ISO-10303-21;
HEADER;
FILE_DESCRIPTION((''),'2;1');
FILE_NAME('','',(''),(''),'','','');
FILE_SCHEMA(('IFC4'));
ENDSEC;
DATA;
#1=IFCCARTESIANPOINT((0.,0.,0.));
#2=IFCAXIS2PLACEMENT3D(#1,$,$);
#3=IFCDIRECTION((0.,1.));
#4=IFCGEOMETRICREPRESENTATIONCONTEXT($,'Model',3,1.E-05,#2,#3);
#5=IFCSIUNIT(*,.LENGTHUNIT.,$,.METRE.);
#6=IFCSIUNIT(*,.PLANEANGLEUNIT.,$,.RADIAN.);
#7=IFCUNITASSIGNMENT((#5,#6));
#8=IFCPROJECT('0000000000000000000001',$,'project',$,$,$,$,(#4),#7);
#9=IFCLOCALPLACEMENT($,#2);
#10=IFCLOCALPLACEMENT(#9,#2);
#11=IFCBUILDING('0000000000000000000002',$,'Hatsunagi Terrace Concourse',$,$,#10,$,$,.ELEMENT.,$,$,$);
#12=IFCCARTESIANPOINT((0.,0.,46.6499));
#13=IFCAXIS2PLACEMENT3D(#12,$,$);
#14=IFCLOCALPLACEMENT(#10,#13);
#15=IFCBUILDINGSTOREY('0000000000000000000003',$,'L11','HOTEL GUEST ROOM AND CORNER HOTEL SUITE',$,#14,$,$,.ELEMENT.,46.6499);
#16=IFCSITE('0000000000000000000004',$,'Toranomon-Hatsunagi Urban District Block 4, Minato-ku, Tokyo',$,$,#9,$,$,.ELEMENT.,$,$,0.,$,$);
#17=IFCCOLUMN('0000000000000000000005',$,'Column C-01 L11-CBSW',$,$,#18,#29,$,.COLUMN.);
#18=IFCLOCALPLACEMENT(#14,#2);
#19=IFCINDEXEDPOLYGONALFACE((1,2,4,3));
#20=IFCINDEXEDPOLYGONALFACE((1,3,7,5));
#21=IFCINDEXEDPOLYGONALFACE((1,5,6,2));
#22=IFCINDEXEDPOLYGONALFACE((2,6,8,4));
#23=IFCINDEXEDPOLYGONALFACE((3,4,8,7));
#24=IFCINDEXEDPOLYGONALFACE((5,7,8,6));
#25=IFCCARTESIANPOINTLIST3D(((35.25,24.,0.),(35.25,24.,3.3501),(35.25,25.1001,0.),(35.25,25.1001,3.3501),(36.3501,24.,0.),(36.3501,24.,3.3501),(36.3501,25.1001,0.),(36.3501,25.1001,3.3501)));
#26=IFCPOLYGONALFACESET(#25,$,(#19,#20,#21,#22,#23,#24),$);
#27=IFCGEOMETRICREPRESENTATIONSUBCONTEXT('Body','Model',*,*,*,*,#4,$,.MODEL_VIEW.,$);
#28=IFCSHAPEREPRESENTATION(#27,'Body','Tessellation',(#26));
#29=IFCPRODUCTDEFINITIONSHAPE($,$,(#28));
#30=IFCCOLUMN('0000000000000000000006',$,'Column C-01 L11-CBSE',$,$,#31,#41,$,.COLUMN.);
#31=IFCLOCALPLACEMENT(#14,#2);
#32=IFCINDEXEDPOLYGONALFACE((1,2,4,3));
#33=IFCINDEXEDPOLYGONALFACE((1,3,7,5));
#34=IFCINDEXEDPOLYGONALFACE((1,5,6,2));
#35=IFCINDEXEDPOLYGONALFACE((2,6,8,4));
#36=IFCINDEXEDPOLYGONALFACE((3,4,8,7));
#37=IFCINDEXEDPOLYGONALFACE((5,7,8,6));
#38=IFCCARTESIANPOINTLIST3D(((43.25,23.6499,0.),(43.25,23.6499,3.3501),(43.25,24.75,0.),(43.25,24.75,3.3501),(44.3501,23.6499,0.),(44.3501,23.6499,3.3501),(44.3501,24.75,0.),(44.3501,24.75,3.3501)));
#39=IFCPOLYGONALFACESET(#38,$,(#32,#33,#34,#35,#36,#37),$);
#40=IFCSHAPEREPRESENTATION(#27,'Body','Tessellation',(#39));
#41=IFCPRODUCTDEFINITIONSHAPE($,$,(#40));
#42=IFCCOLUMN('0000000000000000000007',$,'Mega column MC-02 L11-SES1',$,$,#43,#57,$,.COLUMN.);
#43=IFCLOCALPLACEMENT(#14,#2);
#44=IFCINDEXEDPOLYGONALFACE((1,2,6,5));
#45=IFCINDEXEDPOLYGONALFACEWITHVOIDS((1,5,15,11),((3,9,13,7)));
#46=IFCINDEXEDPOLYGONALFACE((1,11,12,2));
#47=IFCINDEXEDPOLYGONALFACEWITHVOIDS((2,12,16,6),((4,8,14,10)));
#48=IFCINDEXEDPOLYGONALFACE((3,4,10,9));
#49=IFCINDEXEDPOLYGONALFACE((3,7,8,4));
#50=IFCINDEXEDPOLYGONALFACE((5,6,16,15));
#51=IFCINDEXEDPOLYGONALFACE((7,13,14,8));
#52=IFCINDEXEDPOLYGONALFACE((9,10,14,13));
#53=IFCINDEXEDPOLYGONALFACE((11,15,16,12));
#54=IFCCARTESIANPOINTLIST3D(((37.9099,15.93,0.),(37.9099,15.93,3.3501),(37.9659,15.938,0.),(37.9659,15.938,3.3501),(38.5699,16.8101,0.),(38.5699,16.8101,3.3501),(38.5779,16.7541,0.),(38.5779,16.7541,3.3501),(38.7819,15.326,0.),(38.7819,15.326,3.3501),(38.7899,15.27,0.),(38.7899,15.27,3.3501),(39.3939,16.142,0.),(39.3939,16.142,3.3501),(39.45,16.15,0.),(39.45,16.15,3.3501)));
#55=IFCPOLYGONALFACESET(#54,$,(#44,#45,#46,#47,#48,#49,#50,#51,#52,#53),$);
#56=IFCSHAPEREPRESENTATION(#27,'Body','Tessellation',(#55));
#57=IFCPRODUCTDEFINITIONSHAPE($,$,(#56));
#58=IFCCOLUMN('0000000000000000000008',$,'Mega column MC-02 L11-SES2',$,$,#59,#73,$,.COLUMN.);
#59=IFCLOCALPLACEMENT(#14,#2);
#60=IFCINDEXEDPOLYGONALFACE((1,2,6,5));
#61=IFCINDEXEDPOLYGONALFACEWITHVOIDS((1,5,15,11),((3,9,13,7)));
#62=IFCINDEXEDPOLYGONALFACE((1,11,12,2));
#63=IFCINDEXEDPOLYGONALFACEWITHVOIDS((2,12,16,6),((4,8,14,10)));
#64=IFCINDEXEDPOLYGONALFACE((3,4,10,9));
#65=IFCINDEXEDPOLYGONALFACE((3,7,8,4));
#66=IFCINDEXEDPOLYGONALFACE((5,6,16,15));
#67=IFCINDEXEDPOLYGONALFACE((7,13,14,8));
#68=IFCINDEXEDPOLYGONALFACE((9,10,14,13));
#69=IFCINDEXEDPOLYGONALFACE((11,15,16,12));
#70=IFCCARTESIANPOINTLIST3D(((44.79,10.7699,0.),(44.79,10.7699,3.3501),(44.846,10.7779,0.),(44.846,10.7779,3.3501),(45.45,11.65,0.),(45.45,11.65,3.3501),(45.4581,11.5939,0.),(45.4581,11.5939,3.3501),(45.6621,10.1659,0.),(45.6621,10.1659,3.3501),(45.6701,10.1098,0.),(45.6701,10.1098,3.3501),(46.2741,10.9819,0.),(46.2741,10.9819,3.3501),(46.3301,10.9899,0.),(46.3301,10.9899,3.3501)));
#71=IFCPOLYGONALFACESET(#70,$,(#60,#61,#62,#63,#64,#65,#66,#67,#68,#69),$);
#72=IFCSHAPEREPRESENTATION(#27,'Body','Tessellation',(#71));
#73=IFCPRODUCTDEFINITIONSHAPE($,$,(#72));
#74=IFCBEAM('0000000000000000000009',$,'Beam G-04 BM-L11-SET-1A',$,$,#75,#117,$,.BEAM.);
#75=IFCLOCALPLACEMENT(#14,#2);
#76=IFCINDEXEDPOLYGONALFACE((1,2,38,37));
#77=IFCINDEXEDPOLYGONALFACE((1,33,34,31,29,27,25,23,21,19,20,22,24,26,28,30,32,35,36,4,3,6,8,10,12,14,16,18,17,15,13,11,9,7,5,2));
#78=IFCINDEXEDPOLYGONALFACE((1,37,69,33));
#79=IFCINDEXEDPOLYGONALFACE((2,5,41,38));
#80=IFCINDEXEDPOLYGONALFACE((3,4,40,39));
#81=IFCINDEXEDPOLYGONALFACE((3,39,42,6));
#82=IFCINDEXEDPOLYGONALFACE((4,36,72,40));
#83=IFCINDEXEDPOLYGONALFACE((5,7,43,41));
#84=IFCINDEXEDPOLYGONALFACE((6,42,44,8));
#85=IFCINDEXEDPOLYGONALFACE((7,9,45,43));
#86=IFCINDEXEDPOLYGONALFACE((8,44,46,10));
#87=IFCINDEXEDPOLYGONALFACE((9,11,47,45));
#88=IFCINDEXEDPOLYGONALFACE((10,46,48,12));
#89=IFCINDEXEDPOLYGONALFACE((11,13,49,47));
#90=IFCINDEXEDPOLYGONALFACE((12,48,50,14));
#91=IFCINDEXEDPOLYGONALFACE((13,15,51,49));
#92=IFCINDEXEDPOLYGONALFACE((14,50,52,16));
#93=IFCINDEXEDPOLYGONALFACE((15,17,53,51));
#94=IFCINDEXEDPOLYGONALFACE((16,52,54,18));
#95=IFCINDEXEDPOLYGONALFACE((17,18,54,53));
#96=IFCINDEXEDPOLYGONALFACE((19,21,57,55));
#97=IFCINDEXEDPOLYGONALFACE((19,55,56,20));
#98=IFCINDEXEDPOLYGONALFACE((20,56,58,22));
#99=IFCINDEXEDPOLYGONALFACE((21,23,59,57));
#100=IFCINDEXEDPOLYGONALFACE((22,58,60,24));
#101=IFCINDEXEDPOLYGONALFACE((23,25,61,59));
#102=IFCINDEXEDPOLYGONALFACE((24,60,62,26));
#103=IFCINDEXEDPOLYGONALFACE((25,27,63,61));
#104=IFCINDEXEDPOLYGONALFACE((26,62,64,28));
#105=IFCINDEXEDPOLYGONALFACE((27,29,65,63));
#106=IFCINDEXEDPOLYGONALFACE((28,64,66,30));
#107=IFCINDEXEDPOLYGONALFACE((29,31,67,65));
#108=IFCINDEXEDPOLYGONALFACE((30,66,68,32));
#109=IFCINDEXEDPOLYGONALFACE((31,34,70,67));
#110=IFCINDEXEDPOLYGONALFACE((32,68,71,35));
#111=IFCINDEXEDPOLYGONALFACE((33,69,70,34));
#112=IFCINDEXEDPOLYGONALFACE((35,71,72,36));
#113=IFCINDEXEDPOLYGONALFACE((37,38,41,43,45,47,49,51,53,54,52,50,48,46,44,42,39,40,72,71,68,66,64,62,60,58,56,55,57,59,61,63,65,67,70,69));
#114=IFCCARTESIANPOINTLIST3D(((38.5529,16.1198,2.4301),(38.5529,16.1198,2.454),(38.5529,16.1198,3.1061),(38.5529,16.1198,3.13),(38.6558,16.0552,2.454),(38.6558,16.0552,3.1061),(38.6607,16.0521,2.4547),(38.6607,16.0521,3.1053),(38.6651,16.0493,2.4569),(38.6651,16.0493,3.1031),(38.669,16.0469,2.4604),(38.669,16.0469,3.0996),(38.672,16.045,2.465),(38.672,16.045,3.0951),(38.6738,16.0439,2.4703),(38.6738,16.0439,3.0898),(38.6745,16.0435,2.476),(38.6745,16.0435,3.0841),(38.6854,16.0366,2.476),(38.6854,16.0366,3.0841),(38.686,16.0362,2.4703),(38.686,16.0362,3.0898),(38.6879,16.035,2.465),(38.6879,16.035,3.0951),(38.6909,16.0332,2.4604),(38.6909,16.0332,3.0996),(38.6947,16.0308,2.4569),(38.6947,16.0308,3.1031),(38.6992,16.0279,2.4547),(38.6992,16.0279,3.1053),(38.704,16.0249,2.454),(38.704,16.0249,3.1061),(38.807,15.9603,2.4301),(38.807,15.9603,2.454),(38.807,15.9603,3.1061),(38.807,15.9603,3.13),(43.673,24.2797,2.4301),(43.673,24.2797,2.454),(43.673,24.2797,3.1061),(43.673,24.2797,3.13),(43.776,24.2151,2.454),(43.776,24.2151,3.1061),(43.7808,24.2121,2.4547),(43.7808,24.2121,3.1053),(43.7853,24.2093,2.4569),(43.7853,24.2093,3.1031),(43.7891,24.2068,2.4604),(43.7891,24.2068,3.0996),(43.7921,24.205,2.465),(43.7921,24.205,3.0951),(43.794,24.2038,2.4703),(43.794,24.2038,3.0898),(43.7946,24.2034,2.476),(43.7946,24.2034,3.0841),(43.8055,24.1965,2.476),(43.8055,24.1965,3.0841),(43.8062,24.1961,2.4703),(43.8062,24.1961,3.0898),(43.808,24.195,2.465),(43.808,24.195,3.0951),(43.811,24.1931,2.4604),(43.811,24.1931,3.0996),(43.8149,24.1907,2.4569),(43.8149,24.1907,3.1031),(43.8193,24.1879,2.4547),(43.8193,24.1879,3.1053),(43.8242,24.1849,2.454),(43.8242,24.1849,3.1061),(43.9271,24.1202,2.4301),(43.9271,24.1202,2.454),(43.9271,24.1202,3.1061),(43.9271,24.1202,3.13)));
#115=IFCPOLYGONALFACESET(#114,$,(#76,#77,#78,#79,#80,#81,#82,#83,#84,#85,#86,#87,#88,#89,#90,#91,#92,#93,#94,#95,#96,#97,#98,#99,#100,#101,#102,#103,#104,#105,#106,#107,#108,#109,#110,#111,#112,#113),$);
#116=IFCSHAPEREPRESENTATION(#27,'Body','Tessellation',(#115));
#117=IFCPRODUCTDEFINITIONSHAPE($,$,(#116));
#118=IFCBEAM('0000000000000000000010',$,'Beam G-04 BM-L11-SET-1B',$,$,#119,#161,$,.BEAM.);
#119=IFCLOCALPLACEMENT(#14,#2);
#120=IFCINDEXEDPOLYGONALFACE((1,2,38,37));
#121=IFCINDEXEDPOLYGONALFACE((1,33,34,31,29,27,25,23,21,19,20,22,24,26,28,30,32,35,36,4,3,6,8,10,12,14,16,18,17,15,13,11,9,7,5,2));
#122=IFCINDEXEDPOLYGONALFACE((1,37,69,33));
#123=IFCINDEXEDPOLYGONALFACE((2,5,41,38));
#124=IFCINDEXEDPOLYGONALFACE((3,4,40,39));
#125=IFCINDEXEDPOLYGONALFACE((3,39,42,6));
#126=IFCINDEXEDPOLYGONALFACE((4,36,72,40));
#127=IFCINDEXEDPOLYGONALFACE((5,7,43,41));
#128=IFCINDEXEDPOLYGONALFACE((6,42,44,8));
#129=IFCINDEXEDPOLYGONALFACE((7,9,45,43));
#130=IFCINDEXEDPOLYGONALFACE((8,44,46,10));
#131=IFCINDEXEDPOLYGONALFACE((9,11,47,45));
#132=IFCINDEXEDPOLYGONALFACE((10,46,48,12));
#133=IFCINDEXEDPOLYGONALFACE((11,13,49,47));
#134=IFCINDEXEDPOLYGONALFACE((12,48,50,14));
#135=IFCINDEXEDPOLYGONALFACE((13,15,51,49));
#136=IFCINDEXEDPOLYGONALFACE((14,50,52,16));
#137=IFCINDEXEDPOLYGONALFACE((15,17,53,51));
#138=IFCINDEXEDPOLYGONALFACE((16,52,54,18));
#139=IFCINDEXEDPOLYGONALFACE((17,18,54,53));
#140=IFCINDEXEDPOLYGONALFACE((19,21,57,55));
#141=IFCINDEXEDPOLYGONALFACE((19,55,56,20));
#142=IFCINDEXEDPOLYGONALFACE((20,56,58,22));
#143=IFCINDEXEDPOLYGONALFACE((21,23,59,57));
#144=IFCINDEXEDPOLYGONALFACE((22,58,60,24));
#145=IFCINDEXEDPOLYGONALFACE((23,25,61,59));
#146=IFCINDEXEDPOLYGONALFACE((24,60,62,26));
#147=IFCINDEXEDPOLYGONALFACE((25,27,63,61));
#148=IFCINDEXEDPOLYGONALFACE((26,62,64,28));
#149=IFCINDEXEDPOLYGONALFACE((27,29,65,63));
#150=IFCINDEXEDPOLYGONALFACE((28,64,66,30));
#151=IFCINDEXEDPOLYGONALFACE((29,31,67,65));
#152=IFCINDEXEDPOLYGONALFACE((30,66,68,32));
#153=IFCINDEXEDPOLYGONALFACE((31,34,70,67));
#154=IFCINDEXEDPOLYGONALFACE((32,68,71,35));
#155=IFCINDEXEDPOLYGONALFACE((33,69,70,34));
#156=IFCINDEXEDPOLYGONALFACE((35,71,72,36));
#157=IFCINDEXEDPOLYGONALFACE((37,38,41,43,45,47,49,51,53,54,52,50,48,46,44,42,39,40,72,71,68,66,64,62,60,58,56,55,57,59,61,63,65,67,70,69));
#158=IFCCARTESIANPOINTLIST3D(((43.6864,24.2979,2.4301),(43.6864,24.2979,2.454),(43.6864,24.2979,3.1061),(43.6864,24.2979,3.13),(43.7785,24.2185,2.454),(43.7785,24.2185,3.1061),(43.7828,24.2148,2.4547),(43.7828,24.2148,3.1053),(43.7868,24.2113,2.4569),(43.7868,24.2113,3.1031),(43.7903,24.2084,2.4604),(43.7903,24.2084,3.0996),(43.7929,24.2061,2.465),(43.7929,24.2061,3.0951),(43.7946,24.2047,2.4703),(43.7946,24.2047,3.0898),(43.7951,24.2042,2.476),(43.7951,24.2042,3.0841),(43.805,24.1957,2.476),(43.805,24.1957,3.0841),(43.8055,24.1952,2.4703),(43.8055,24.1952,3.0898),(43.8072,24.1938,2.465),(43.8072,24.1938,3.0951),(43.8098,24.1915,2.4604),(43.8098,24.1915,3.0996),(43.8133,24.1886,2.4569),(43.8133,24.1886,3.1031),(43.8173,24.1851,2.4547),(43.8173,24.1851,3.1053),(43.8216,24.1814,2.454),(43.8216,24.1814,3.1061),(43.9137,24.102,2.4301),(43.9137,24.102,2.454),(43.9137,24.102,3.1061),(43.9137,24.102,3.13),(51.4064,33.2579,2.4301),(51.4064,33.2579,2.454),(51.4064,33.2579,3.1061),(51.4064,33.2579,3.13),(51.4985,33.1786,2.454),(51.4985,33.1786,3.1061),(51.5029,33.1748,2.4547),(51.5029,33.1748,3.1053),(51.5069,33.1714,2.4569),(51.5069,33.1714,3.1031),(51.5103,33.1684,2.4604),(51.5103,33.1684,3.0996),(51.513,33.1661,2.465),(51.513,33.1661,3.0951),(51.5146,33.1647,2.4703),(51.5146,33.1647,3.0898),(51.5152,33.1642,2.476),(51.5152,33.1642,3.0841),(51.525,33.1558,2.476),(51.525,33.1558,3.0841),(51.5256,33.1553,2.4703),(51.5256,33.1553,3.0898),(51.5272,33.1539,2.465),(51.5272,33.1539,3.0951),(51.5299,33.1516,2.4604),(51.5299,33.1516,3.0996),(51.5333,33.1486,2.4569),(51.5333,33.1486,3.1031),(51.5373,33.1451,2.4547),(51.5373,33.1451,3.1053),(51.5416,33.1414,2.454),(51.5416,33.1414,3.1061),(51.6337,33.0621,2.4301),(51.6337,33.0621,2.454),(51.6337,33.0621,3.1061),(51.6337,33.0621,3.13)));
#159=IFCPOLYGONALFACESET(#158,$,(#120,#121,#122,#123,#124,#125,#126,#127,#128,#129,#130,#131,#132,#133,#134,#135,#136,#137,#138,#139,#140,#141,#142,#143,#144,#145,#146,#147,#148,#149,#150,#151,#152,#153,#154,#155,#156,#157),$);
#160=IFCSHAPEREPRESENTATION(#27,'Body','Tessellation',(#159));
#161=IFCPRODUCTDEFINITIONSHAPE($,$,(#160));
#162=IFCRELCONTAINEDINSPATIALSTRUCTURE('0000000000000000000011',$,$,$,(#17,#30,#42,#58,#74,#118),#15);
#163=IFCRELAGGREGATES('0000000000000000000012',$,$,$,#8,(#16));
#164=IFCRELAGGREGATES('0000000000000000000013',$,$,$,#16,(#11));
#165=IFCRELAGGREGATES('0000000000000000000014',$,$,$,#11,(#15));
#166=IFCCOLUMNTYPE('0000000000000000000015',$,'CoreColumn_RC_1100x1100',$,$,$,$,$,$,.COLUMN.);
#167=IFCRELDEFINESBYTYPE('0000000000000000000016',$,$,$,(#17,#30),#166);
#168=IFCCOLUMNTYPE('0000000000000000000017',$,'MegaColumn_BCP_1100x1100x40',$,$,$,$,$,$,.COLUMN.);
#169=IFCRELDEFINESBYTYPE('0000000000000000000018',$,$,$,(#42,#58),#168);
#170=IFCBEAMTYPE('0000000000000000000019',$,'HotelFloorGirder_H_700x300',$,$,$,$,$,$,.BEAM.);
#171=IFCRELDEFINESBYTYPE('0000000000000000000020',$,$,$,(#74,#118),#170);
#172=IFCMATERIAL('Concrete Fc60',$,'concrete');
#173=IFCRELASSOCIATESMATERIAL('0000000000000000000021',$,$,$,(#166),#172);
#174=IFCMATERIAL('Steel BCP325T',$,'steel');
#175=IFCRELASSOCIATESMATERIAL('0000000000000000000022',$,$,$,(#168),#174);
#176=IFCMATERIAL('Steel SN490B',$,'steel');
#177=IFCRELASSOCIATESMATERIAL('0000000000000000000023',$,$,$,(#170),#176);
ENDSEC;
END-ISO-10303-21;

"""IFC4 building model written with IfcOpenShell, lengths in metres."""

from ifc_helpers import new_model, si_unit, direction, frame, origin, origin_2d, place, context, subcontext, project, spatial, rectangle, hollow_rectangle, i_section, extrude, material, material_profile, profile_set, type_object, element, save


model = new_model("IFC4")

# Units and contexts
model_context = context("Model", 3, precision=1e-05, world=origin(), true_north=direction((0.0, 1.0)))
body_context = subcontext(model_context, "Body", "Model", "MODEL_VIEW")
ifc_project = project(units=[si_unit("LENGTHUNIT", "METRE"), si_unit("PLANEANGLEUNIT", "RADIAN")], contexts=[model_context])

# Site, building, storey
site_placement = place(None, origin())
site = spatial("IfcSite", under=ifc_project, at=site_placement, Name="Toranomon-Hatsunagi Urban District Block 4, Minato-ku, Tokyo", CompositionType="ELEMENT", RefElevation=0.0)
building_placement = place(site_placement, origin())
building = spatial("IfcBuilding", under=site, at=building_placement, Name="Hatsunagi Terrace Concourse", CompositionType="ELEMENT")
storey_placement = place(building_placement, frame((0.0, 0.0, 46.6499)))
storey = spatial("IfcBuildingStorey", under=building, at=storey_placement, Name="L11", Description="HOTEL GUEST ROOM AND CORNER HOTEL SUITE", CompositionType="ELEMENT", Elevation=46.6499)

# Columns
ifc_material_1 = material(Name="Concrete Fc60", Category="concrete")
ifc_material_profile_1 = material_profile(ifc_material_1, rectangle(XDim=1.1001, YDim=1.1001, at=origin_2d()), Name="RC-1100x1100")
ifc_profile_set_1 = profile_set([ifc_material_profile_1], Name="Concrete Fc60")
column_type_1 = type_object("IfcColumnType", Name="CoreColumn_RC_1100x1100", PredefinedType="COLUMN", material=ifc_profile_set_1)
for number, where, z_axis, x_axis, name in (
    (1, (35.8, 24.55, 0.0), (0.0, 0.0, 1.0), (1.0, 0.0, 0.0), "Column C-01 L11-CBSW"),
    (2, (43.8, 24.2, 0.0), (0.0, 0.0, 1.0), (1.0, 0.0, 0.0), "Column C-01 L11-CBSE"),
):
    element("IfcColumn", number, at=place(storey_placement, frame(where, z_axis=z_axis, x_axis=x_axis)), inside=storey, type_object=column_type_1, Name=name, PredefinedType="COLUMN", context=body_context, shape_type="SweptSolid", body=[
        extrude(rectangle(XDim=1.1001, YDim=1.1001, at=origin_2d()), origin(), (0.0, 0.0, 1.0), 3.3501),
    ])
ifc_material_2 = material(Name="Steel BCP325T", Category="steel")
ifc_material_profile_2 = material_profile(ifc_material_2, hollow_rectangle(XDim=1.1001, YDim=1.1001, WallThickness=0.04, at=origin_2d()), Name="BCP-1100x1100x40")
ifc_profile_set_2 = profile_set([ifc_material_profile_2], Name="Steel BCP325T")
column_type_2 = type_object("IfcColumnType", Name="MegaColumn_BCP_1100x1100x40", PredefinedType="COLUMN", material=ifc_profile_set_2)
for number, where, z_axis, x_axis, name in (
    (3, (38.6799, 16.04, 0.0), (0.0, 0.0, 1.0), (0.8, -0.6, 0.0), "Mega column MC-02 L11-SES1"),
    (4, (45.5601, 10.8799, 0.0), (0.0, 0.0, 1.0), (0.8, -0.6, 0.0), "Mega column MC-02 L11-SES2"),
):
    element("IfcColumn", number, at=place(storey_placement, frame(where, z_axis=z_axis, x_axis=x_axis)), inside=storey, type_object=column_type_2, Name=name, PredefinedType="COLUMN", context=body_context, shape_type="SweptSolid", body=[
        extrude(hollow_rectangle(XDim=1.1001, YDim=1.1001, WallThickness=0.04, at=origin_2d()), origin(), (0.0, 0.0, 1.0), 3.3501),
    ])

# Beams
ifc_material_3 = material(Name="Steel SN490B", Category="steel")
ifc_material_profile_3 = material_profile(ifc_material_3, i_section(OverallWidth=0.3, OverallDepth=0.7, WebThickness=0.0129, FlangeThickness=0.0239, FilletRadius=0.022, at=origin_2d()), Name="H-700x300x13x24")
ifc_profile_set_3 = profile_set([ifc_material_profile_3], Name="Steel SN490B")
beam_type_1 = type_object("IfcBeamType", Name="HotelFloorGirder_H_700x300", PredefinedType="BEAM", material=ifc_profile_set_3)
beam_1_placement = place(storey_placement, frame((38.6799, 16.04, 2.78), z_axis=(0.531504, 0.847056, 0.0), x_axis=(-0.847056, 0.531504, 0.0)))
element("IfcBeam", 5, at=beam_1_placement, inside=storey, type_object=beam_type_1, Name="Beam G-04 BM-L11-SET-1A", PredefinedType="BEAM", context=body_context, shape_type="SweptSolid", body=[
    extrude(i_section(OverallWidth=0.3, OverallDepth=0.7, WebThickness=0.0129, FlangeThickness=0.0239, FilletRadius=0.022, at=origin_2d()), origin(), (0.0, 0.0, 1.0), 9.6333),
])
beam_2_placement = place(storey_placement, frame((43.8, 24.2, 2.78), z_axis=(0.652739, 0.757583, 0.0), x_axis=(-0.757583, 0.652739, 0.0)))
element("IfcBeam", 6, at=beam_2_placement, inside=storey, type_object=beam_type_1, Name="Beam G-04 BM-L11-SET-1B", PredefinedType="BEAM", context=body_context, shape_type="SweptSolid", body=[
    extrude(i_section(OverallWidth=0.3, OverallDepth=0.7, WebThickness=0.0129, FlangeThickness=0.0239, FilletRadius=0.022, at=origin_2d()), origin(), (0.0, 0.0, 1.0), 11.8271),
])

save(model, "model.ifc")
